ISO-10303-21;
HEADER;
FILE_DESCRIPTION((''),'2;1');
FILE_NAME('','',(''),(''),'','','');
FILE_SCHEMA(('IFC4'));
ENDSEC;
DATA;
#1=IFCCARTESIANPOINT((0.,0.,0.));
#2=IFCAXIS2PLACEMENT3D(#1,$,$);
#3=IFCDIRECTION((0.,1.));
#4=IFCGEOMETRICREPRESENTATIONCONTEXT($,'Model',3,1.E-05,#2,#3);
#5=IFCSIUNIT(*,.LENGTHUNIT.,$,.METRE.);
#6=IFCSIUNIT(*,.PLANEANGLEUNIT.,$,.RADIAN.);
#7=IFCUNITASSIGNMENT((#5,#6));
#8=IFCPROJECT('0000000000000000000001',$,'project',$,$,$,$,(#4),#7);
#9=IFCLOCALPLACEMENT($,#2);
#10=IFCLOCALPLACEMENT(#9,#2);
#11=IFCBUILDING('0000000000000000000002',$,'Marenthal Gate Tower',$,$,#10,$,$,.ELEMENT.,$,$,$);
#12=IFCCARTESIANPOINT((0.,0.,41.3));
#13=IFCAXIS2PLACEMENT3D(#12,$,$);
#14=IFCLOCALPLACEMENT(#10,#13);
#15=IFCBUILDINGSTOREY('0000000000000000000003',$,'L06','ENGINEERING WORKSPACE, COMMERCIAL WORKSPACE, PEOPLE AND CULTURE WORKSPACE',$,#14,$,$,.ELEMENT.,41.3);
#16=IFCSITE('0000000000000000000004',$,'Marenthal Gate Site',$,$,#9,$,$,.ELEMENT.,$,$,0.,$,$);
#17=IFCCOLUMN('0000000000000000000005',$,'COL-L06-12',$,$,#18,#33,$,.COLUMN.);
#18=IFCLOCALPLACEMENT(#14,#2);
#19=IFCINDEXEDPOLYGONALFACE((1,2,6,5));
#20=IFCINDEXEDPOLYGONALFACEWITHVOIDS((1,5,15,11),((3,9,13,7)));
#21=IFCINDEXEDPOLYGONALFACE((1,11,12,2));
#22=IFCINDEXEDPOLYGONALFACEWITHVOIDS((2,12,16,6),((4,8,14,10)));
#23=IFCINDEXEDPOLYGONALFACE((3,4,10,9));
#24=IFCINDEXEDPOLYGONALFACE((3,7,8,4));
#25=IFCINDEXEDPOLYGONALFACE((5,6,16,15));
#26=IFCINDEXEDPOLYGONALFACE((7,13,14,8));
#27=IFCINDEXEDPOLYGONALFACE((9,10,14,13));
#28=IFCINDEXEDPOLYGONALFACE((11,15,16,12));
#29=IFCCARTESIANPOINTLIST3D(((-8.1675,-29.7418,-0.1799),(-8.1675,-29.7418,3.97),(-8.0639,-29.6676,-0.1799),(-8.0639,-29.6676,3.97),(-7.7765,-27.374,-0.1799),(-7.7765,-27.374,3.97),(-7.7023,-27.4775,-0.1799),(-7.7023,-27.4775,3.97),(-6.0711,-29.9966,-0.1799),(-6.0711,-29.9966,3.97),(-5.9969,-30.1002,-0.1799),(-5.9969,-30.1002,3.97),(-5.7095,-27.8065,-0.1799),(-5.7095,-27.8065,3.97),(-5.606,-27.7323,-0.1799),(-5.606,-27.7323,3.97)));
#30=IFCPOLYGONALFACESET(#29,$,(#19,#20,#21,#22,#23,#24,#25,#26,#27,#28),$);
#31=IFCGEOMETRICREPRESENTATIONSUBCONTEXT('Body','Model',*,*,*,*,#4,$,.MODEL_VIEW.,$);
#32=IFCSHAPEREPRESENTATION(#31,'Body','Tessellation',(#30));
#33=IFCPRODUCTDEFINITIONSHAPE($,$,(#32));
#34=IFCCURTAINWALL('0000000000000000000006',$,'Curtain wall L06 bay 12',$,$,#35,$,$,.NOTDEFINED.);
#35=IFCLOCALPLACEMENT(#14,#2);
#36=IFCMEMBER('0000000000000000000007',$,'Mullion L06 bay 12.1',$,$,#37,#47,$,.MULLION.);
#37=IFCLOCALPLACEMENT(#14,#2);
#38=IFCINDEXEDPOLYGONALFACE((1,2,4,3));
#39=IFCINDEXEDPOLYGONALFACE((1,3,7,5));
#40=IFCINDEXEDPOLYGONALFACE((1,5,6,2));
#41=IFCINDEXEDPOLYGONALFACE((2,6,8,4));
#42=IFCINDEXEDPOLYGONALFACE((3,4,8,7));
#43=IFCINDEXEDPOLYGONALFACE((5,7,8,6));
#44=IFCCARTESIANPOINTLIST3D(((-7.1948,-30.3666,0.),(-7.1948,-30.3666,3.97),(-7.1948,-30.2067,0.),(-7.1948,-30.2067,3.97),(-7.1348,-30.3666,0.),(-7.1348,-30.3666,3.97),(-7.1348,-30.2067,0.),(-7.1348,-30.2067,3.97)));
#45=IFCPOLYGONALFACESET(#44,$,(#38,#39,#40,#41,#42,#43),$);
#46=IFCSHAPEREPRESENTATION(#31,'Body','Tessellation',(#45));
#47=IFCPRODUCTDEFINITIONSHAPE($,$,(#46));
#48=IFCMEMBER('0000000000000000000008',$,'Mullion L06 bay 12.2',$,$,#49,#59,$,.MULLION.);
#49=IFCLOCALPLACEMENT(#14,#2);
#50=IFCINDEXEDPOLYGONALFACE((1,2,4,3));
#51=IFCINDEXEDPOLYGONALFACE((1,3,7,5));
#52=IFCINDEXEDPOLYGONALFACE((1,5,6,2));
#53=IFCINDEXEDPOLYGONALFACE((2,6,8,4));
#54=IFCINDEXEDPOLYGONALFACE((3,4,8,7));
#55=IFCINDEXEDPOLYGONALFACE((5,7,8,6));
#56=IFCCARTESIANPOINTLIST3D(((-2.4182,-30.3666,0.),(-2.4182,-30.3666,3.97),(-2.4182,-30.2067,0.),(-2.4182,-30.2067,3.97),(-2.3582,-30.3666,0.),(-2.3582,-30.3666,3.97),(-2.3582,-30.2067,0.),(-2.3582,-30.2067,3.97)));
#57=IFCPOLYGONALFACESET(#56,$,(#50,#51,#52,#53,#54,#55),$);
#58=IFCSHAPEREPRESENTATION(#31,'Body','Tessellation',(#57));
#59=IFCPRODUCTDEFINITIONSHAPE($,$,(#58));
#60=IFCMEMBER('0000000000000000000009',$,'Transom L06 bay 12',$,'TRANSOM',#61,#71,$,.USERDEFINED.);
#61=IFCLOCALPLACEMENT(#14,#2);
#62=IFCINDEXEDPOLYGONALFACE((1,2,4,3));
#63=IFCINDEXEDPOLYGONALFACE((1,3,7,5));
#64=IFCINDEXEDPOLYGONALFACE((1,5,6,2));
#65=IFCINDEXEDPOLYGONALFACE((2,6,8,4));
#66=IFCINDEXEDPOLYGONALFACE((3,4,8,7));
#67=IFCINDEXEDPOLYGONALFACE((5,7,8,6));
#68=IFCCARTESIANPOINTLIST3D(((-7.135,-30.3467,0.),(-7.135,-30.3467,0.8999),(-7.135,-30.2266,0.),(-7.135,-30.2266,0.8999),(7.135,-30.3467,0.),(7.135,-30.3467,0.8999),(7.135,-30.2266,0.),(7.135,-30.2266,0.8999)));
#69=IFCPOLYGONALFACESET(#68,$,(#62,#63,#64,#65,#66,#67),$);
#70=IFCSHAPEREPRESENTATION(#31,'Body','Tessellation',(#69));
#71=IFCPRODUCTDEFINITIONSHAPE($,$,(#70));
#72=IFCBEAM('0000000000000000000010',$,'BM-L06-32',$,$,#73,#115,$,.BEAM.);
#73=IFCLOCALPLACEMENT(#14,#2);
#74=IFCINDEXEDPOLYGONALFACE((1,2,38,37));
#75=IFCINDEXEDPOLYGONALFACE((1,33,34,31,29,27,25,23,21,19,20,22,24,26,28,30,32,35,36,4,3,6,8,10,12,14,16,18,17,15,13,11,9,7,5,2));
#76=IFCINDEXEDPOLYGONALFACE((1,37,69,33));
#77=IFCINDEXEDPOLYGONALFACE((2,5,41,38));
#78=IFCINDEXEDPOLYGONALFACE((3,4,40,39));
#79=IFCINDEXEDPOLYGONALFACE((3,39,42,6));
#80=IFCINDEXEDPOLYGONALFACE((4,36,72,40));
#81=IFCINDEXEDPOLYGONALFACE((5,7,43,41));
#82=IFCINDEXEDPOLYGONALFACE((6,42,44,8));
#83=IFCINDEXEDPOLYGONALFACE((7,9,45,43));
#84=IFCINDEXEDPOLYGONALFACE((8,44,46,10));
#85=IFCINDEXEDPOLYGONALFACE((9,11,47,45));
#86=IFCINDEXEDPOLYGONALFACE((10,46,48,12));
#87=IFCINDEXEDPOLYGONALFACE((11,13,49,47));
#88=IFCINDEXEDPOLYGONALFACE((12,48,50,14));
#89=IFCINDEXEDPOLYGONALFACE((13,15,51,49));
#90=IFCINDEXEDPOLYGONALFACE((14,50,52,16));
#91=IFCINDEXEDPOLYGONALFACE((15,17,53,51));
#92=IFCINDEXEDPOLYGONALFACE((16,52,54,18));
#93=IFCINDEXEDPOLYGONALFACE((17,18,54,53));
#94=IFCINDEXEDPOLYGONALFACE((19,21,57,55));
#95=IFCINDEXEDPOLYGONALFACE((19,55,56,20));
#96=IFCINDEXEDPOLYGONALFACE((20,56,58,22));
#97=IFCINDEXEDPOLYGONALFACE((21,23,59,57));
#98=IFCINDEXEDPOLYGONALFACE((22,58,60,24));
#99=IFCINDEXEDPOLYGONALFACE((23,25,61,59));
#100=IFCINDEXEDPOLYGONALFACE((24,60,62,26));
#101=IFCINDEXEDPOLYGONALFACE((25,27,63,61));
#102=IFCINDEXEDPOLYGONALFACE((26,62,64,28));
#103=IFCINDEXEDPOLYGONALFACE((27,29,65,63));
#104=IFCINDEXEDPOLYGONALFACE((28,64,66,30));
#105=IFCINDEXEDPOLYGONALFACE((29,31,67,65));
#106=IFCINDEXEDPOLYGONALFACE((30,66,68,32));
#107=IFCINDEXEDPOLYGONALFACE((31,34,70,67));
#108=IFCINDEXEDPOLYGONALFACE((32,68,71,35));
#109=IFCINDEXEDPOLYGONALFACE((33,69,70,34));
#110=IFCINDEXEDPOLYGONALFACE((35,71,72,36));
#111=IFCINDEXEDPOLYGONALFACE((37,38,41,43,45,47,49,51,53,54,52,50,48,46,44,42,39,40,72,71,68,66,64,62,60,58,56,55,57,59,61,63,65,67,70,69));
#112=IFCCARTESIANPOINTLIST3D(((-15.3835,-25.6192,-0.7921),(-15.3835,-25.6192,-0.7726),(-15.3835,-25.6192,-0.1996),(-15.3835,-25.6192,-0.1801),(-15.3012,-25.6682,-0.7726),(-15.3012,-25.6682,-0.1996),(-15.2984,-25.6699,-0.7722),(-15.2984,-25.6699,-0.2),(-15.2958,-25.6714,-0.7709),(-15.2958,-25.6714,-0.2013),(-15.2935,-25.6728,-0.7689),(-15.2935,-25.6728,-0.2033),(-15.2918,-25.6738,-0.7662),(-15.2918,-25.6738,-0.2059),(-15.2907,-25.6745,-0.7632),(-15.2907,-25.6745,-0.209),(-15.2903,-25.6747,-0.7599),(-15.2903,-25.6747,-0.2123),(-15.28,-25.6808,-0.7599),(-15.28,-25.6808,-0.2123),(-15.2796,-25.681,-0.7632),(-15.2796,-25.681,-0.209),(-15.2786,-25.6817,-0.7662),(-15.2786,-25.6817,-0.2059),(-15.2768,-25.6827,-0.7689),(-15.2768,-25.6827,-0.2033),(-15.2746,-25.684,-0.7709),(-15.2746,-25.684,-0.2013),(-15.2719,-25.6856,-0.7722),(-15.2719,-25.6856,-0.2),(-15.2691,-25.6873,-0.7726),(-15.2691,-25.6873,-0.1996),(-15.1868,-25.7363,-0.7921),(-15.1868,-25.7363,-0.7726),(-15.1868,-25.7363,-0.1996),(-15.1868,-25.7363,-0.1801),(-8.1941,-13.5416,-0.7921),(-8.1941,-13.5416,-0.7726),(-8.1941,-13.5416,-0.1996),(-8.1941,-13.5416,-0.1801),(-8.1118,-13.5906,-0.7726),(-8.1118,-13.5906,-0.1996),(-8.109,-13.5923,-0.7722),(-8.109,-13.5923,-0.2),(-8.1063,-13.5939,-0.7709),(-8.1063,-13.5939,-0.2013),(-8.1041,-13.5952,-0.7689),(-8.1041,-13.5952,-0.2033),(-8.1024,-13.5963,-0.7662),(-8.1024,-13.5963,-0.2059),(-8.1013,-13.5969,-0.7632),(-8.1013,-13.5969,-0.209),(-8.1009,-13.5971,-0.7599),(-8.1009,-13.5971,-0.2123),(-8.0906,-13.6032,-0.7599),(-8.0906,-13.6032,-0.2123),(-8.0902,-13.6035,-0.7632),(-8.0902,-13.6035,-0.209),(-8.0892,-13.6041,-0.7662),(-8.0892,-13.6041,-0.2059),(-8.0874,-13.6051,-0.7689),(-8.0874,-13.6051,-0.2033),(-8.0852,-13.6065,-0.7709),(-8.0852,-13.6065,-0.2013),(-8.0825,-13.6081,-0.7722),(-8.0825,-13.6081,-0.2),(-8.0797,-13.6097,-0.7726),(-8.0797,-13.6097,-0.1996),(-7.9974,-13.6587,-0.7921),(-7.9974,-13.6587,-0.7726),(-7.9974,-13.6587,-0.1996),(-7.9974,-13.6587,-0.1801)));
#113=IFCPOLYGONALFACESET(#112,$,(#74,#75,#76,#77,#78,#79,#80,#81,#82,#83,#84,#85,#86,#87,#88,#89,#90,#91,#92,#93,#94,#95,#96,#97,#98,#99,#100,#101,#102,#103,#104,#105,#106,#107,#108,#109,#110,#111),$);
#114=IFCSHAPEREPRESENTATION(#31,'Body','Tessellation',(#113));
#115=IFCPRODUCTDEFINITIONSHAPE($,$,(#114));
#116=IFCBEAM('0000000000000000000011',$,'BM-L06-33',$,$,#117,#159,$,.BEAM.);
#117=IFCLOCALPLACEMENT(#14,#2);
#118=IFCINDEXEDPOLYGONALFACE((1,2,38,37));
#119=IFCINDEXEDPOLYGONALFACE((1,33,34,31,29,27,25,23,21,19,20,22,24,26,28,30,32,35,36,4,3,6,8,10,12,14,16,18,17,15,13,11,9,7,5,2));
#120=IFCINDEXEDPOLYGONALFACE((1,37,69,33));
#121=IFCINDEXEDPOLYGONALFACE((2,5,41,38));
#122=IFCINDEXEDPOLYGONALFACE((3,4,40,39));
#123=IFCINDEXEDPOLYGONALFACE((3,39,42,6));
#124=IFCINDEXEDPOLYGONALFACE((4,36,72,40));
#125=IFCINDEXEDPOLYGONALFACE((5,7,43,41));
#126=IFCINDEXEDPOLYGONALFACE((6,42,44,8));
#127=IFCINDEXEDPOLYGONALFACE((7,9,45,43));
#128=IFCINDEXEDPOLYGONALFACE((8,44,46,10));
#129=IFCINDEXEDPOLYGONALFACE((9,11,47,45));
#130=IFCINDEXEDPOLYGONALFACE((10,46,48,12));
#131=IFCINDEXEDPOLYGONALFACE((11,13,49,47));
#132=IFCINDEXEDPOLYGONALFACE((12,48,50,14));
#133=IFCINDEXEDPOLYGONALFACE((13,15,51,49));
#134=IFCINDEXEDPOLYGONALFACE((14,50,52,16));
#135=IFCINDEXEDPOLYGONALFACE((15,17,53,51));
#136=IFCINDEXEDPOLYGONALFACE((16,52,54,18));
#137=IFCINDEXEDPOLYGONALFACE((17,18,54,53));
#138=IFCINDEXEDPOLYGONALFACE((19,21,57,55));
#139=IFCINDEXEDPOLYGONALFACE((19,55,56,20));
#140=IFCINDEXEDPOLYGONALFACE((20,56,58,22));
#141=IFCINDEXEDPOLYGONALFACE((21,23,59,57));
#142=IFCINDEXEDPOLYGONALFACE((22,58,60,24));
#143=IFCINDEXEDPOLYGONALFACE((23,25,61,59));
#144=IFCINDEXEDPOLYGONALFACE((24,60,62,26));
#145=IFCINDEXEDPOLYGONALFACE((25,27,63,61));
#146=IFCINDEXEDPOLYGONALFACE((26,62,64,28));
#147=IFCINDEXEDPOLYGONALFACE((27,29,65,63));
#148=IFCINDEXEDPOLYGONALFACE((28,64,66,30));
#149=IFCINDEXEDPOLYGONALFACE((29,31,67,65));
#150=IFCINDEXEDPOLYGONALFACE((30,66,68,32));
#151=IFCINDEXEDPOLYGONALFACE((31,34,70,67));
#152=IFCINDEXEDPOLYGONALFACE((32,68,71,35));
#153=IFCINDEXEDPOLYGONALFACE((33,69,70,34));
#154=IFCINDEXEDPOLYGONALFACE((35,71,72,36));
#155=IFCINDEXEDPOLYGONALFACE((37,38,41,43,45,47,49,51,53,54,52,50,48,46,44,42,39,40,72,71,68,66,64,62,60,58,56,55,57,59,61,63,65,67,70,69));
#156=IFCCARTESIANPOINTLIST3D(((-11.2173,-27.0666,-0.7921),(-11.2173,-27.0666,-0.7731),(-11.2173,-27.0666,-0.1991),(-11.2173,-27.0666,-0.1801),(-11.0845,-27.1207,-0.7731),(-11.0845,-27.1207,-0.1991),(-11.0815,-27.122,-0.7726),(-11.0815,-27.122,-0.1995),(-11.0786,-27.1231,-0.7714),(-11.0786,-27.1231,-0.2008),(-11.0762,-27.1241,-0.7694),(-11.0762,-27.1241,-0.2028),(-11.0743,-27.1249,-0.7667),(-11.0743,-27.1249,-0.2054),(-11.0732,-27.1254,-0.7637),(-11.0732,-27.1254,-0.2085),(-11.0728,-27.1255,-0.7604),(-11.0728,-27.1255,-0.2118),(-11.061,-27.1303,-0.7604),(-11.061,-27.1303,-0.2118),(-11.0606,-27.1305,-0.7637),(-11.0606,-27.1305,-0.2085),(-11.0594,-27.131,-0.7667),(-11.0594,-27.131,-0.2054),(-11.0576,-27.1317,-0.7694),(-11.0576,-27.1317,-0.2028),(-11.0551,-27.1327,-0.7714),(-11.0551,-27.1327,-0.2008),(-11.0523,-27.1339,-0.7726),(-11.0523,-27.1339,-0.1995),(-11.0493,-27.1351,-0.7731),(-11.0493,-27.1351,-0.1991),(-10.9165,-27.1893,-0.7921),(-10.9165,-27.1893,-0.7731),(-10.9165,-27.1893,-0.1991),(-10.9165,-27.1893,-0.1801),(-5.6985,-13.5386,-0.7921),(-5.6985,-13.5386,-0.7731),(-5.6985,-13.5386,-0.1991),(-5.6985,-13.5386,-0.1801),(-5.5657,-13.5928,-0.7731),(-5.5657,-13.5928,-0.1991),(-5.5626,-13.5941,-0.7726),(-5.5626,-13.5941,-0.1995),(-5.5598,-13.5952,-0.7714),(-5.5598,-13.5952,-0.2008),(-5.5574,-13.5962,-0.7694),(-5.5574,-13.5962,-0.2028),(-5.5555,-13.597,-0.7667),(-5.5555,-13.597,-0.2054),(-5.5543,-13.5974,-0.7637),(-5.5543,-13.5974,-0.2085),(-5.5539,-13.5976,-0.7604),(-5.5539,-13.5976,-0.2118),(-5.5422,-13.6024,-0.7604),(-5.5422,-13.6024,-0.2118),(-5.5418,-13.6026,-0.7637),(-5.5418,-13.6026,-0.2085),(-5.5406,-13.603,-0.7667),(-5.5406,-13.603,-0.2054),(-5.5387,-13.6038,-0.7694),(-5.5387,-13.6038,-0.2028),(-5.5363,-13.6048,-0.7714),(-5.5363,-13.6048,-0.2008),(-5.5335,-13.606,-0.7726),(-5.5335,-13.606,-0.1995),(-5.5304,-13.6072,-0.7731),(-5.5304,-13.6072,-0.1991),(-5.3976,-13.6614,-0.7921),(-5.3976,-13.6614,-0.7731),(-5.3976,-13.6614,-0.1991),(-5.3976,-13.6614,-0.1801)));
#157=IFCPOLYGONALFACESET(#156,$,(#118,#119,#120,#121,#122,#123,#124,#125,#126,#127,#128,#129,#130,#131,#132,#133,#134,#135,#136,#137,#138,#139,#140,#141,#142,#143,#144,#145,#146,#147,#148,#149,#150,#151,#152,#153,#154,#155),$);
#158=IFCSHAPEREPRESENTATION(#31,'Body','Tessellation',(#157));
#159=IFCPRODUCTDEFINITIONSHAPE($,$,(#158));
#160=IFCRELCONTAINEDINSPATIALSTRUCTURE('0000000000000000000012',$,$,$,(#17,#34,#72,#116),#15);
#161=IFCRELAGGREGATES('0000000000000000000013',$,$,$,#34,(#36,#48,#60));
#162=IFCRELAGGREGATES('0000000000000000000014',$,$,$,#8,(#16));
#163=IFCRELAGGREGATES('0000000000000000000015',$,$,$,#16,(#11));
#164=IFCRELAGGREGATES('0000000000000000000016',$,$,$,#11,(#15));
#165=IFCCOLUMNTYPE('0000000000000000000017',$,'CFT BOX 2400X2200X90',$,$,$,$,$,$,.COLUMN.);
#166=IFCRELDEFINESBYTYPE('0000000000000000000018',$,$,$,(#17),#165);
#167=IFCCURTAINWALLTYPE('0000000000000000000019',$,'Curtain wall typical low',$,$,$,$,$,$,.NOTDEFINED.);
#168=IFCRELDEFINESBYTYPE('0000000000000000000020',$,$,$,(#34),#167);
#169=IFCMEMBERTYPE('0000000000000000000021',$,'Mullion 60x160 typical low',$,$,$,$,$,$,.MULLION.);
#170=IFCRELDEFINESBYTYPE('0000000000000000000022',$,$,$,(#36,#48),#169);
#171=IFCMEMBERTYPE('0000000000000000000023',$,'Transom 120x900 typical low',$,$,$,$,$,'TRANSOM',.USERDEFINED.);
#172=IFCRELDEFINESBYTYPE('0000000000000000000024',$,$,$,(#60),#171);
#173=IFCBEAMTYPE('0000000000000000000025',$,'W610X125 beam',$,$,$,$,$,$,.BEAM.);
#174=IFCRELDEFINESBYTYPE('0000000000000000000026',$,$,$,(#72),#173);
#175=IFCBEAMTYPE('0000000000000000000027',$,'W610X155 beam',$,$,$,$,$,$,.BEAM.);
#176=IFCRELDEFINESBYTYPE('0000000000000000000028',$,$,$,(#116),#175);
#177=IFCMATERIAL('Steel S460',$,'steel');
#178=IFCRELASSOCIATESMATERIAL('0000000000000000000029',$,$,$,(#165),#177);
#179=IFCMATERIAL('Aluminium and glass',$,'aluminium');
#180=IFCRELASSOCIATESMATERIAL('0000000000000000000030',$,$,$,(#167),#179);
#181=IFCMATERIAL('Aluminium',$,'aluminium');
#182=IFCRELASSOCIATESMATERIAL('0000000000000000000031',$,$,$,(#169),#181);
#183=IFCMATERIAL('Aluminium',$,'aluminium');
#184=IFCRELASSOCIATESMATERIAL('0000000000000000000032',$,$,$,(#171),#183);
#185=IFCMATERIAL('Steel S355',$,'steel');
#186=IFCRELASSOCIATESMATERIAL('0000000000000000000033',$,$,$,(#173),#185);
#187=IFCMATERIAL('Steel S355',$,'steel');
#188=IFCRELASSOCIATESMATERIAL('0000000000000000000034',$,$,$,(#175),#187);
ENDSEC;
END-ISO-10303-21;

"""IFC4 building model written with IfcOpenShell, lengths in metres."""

from ifc_helpers import new_model, si_unit, direction, frame, origin, origin_2d, place, context, subcontext, project, spatial, rectangle, hollow_rectangle, i_section, extrude, material, material_profile, profile_set, type_object, element, aggregate, save


model = new_model("IFC4")

# Units and contexts
model_context = context("Model", 3, precision=1e-05, world=origin(), true_north=direction((0.0, 1.0)))
body_context = subcontext(model_context, "Body", "Model", "MODEL_VIEW")
ifc_project = project(units=[si_unit("LENGTHUNIT", "METRE"), si_unit("PLANEANGLEUNIT", "RADIAN")], contexts=[model_context])

# Site, building, storey
site_placement = place(None, origin())
site = spatial("IfcSite", under=ifc_project, at=site_placement, Name="Marenthal Gate Site", CompositionType="ELEMENT", RefElevation=0.0)
building_placement = place(site_placement, origin())
building = spatial("IfcBuilding", under=site, at=building_placement, Name="Marenthal Gate Tower", CompositionType="ELEMENT")
storey_placement = place(building_placement, frame((0.0, 0.0, 41.3)))
storey = spatial("IfcBuildingStorey", under=building, at=storey_placement, Name="L06", Description="ENGINEERING WORKSPACE, COMMERCIAL WORKSPACE, PEOPLE AND CULTURE WORKSPACE", CompositionType="ELEMENT", Elevation=41.3)

# Column
ifc_material_1 = material(Name="Steel S460", Category="steel")
ifc_material_profile_1 = material_profile(ifc_material_1, hollow_rectangle(XDim=2.2, YDim=2.3999, WallThickness=0.0901, at=origin_2d()), Name="CFT BOX 2400X2200X90")
ifc_material_2 = material(Name="Concrete 70 MPa", Category="concrete")
ifc_material_profile_2 = material_profile(ifc_material_2, rectangle(XDim=2.02, YDim=2.22, at=origin_2d()), Name="CFT BOX 2400X2200X90 INFILL")
ifc_profile_set_1 = profile_set([ifc_material_profile_1, ifc_material_profile_2], Name="Steel S460 shell, Concrete 70 MPa infill")
column_type = type_object("IfcColumnType", Name="CFT BOX 2400X2200X90", PredefinedType="COLUMN", material=ifc_profile_set_1)
column_placement = place(storey_placement, frame((-6.8867, -28.7371, -0.1799), z_axis=(0.0, 0.0, 1.0), x_axis=(-0.986643, 0.162897, 0.0)))
element("IfcColumn", 1, at=column_placement, inside=storey, type_object=column_type, Name="COL-L06-12", PredefinedType="COLUMN", context=body_context, shape_type="SweptSolid", body=[
    extrude(hollow_rectangle(XDim=2.2, YDim=2.3999, WallThickness=0.0901, at=origin_2d()), origin(), (0.0, 0.0, 1.0), 4.1499),
])

# Curtain wall, members
ifc_material_3 = material(Name="Aluminium and glass", Category="aluminium")
curtain_wall_type = type_object("IfcCurtainWallType", Name="Curtain wall typical low", PredefinedType="NOTDEFINED", material=ifc_material_3)
curtain_wall_placement = place(storey_placement, origin())
curtain_wall = element("IfcCurtainWall", 2, at=curtain_wall_placement, inside=storey, type_object=curtain_wall_type, Name="Curtain wall L06 bay 12", PredefinedType="NOTDEFINED")
ifc_material_4 = material(Name="Aluminium", Category="aluminium")
ifc_material_profile_3 = material_profile(ifc_material_4, rectangle(XDim=0.1599, YDim=0.0601, at=origin_2d()), Name="60x160 aluminium mullion")
ifc_profile_set_2 = profile_set([ifc_material_profile_3], Name="Aluminium")
member_type_1 = type_object("IfcMemberType", Name="Mullion 60x160 typical low", PredefinedType="MULLION", material=ifc_profile_set_2)
member_1_placement = place(storey_placement, frame((-7.1648, -30.2866, 0.0), z_axis=(0.0, 0.0, 1.0), x_axis=(0.0, 1.0, 0.0)))
member_1 = element("IfcMember", 3, at=member_1_placement, type_object=member_type_1, Name="Mullion L06 bay 12.1", PredefinedType="MULLION", context=body_context, shape_type="SweptSolid", body=[
    extrude(rectangle(XDim=0.1599, YDim=0.0601, at=origin_2d()), origin(), (0.0, 0.0, 1.0), 3.97),
])
member_2_placement = place(storey_placement, frame((-2.3882, -30.2866, 0.0), z_axis=(0.0, 0.0, 1.0), x_axis=(0.0, 1.0, 0.0)))
member_2 = element("IfcMember", 4, at=member_2_placement, type_object=member_type_1, Name="Mullion L06 bay 12.2", PredefinedType="MULLION", context=body_context, shape_type="SweptSolid", body=[
    extrude(rectangle(XDim=0.1599, YDim=0.0601, at=origin_2d()), origin(), (0.0, 0.0, 1.0), 3.97),
])
ifc_material_5 = material(Name="Aluminium", Category="aluminium")
ifc_material_profile_4 = material_profile(ifc_material_5, rectangle(XDim=0.1201, YDim=0.8999, at=origin_2d()), Name="120x900 aluminium transom")
ifc_profile_set_3 = profile_set([ifc_material_profile_4], Name="Aluminium")
member_type_2 = type_object("IfcMemberType", Name="Transom 120x900 typical low", ElementType="TRANSOM", PredefinedType="USERDEFINED", material=ifc_profile_set_3)
member_3_placement = place(storey_placement, frame((-7.135, -30.2866, 0.45), z_axis=(1.0, 0.0, 0.0), x_axis=(0.0, 1.0, 0.0)))
member_3 = element("IfcMember", 5, at=member_3_placement, type_object=member_type_2, Name="Transom L06 bay 12", ObjectType="TRANSOM", PredefinedType="USERDEFINED", context=body_context, shape_type="SweptSolid", body=[
    extrude(rectangle(XDim=0.1201, YDim=0.8999, at=origin_2d()), origin(), (0.0, 0.0, 1.0), 14.27),
])

# Beams
ifc_material_6 = material(Name="Steel S355", Category="steel")
ifc_material_profile_5 = material_profile(ifc_material_6, i_section(OverallWidth=0.229, OverallDepth=0.6121, WebThickness=0.012, FlangeThickness=0.0195, FilletRadius=0.0127, at=origin_2d()), Name="W610X125")
ifc_profile_set_4 = profile_set([ifc_material_profile_5], Name="Steel S355")
beam_type_1 = type_object("IfcBeamType", Name="W610X125 beam", PredefinedType="BEAM", material=ifc_profile_set_4)
beam_1_placement = place(storey_placement, frame((-15.2852, -25.6777, -0.4861), z_axis=(0.511504, 0.859281, 0.0), x_axis=(-0.859281, 0.511504, 0.0)))
element("IfcBeam", 6, at=beam_1_placement, inside=storey, type_object=beam_type_1, Name="BM-L06-32", PredefinedType="BEAM", context=body_context, shape_type="SweptSolid", body=[
    extrude(i_section(OverallWidth=0.229, OverallDepth=0.6121, WebThickness=0.012, FlangeThickness=0.0195, FilletRadius=0.0127, at=origin_2d()), origin(), (0.0, 0.0, 1.0), 14.0554),
])
ifc_material_7 = material(Name="Steel S355", Category="steel")
ifc_material_profile_6 = material_profile(ifc_material_7, i_section(OverallWidth=0.325, OverallDepth=0.6121, WebThickness=0.0127, FlangeThickness=0.019, FilletRadius=0.0127, at=origin_2d()), Name="W610X155")
ifc_profile_set_5 = profile_set([ifc_material_profile_6], Name="Steel S355")
beam_type_2 = type_object("IfcBeamType", Name="W610X155 beam", PredefinedType="BEAM", material=ifc_profile_set_5)
beam_2_placement = place(storey_placement, frame((-11.0669, -27.1279, -0.4861), z_axis=(0.377735, 0.925914, 0.0), x_axis=(-0.925914, 0.377735, 0.0)))
element("IfcBeam", 7, at=beam_2_placement, inside=storey, type_object=beam_type_2, Name="BM-L06-33", PredefinedType="BEAM", context=body_context, shape_type="SweptSolid", body=[
    extrude(i_section(OverallWidth=0.325, OverallDepth=0.6121, WebThickness=0.0127, FlangeThickness=0.019, FilletRadius=0.0127, at=origin_2d()), origin(), (0.0, 0.0, 1.0), 14.6104),
])

aggregate(curtain_wall, [member_1, member_2, member_3])

save(model, "model.ifc")
